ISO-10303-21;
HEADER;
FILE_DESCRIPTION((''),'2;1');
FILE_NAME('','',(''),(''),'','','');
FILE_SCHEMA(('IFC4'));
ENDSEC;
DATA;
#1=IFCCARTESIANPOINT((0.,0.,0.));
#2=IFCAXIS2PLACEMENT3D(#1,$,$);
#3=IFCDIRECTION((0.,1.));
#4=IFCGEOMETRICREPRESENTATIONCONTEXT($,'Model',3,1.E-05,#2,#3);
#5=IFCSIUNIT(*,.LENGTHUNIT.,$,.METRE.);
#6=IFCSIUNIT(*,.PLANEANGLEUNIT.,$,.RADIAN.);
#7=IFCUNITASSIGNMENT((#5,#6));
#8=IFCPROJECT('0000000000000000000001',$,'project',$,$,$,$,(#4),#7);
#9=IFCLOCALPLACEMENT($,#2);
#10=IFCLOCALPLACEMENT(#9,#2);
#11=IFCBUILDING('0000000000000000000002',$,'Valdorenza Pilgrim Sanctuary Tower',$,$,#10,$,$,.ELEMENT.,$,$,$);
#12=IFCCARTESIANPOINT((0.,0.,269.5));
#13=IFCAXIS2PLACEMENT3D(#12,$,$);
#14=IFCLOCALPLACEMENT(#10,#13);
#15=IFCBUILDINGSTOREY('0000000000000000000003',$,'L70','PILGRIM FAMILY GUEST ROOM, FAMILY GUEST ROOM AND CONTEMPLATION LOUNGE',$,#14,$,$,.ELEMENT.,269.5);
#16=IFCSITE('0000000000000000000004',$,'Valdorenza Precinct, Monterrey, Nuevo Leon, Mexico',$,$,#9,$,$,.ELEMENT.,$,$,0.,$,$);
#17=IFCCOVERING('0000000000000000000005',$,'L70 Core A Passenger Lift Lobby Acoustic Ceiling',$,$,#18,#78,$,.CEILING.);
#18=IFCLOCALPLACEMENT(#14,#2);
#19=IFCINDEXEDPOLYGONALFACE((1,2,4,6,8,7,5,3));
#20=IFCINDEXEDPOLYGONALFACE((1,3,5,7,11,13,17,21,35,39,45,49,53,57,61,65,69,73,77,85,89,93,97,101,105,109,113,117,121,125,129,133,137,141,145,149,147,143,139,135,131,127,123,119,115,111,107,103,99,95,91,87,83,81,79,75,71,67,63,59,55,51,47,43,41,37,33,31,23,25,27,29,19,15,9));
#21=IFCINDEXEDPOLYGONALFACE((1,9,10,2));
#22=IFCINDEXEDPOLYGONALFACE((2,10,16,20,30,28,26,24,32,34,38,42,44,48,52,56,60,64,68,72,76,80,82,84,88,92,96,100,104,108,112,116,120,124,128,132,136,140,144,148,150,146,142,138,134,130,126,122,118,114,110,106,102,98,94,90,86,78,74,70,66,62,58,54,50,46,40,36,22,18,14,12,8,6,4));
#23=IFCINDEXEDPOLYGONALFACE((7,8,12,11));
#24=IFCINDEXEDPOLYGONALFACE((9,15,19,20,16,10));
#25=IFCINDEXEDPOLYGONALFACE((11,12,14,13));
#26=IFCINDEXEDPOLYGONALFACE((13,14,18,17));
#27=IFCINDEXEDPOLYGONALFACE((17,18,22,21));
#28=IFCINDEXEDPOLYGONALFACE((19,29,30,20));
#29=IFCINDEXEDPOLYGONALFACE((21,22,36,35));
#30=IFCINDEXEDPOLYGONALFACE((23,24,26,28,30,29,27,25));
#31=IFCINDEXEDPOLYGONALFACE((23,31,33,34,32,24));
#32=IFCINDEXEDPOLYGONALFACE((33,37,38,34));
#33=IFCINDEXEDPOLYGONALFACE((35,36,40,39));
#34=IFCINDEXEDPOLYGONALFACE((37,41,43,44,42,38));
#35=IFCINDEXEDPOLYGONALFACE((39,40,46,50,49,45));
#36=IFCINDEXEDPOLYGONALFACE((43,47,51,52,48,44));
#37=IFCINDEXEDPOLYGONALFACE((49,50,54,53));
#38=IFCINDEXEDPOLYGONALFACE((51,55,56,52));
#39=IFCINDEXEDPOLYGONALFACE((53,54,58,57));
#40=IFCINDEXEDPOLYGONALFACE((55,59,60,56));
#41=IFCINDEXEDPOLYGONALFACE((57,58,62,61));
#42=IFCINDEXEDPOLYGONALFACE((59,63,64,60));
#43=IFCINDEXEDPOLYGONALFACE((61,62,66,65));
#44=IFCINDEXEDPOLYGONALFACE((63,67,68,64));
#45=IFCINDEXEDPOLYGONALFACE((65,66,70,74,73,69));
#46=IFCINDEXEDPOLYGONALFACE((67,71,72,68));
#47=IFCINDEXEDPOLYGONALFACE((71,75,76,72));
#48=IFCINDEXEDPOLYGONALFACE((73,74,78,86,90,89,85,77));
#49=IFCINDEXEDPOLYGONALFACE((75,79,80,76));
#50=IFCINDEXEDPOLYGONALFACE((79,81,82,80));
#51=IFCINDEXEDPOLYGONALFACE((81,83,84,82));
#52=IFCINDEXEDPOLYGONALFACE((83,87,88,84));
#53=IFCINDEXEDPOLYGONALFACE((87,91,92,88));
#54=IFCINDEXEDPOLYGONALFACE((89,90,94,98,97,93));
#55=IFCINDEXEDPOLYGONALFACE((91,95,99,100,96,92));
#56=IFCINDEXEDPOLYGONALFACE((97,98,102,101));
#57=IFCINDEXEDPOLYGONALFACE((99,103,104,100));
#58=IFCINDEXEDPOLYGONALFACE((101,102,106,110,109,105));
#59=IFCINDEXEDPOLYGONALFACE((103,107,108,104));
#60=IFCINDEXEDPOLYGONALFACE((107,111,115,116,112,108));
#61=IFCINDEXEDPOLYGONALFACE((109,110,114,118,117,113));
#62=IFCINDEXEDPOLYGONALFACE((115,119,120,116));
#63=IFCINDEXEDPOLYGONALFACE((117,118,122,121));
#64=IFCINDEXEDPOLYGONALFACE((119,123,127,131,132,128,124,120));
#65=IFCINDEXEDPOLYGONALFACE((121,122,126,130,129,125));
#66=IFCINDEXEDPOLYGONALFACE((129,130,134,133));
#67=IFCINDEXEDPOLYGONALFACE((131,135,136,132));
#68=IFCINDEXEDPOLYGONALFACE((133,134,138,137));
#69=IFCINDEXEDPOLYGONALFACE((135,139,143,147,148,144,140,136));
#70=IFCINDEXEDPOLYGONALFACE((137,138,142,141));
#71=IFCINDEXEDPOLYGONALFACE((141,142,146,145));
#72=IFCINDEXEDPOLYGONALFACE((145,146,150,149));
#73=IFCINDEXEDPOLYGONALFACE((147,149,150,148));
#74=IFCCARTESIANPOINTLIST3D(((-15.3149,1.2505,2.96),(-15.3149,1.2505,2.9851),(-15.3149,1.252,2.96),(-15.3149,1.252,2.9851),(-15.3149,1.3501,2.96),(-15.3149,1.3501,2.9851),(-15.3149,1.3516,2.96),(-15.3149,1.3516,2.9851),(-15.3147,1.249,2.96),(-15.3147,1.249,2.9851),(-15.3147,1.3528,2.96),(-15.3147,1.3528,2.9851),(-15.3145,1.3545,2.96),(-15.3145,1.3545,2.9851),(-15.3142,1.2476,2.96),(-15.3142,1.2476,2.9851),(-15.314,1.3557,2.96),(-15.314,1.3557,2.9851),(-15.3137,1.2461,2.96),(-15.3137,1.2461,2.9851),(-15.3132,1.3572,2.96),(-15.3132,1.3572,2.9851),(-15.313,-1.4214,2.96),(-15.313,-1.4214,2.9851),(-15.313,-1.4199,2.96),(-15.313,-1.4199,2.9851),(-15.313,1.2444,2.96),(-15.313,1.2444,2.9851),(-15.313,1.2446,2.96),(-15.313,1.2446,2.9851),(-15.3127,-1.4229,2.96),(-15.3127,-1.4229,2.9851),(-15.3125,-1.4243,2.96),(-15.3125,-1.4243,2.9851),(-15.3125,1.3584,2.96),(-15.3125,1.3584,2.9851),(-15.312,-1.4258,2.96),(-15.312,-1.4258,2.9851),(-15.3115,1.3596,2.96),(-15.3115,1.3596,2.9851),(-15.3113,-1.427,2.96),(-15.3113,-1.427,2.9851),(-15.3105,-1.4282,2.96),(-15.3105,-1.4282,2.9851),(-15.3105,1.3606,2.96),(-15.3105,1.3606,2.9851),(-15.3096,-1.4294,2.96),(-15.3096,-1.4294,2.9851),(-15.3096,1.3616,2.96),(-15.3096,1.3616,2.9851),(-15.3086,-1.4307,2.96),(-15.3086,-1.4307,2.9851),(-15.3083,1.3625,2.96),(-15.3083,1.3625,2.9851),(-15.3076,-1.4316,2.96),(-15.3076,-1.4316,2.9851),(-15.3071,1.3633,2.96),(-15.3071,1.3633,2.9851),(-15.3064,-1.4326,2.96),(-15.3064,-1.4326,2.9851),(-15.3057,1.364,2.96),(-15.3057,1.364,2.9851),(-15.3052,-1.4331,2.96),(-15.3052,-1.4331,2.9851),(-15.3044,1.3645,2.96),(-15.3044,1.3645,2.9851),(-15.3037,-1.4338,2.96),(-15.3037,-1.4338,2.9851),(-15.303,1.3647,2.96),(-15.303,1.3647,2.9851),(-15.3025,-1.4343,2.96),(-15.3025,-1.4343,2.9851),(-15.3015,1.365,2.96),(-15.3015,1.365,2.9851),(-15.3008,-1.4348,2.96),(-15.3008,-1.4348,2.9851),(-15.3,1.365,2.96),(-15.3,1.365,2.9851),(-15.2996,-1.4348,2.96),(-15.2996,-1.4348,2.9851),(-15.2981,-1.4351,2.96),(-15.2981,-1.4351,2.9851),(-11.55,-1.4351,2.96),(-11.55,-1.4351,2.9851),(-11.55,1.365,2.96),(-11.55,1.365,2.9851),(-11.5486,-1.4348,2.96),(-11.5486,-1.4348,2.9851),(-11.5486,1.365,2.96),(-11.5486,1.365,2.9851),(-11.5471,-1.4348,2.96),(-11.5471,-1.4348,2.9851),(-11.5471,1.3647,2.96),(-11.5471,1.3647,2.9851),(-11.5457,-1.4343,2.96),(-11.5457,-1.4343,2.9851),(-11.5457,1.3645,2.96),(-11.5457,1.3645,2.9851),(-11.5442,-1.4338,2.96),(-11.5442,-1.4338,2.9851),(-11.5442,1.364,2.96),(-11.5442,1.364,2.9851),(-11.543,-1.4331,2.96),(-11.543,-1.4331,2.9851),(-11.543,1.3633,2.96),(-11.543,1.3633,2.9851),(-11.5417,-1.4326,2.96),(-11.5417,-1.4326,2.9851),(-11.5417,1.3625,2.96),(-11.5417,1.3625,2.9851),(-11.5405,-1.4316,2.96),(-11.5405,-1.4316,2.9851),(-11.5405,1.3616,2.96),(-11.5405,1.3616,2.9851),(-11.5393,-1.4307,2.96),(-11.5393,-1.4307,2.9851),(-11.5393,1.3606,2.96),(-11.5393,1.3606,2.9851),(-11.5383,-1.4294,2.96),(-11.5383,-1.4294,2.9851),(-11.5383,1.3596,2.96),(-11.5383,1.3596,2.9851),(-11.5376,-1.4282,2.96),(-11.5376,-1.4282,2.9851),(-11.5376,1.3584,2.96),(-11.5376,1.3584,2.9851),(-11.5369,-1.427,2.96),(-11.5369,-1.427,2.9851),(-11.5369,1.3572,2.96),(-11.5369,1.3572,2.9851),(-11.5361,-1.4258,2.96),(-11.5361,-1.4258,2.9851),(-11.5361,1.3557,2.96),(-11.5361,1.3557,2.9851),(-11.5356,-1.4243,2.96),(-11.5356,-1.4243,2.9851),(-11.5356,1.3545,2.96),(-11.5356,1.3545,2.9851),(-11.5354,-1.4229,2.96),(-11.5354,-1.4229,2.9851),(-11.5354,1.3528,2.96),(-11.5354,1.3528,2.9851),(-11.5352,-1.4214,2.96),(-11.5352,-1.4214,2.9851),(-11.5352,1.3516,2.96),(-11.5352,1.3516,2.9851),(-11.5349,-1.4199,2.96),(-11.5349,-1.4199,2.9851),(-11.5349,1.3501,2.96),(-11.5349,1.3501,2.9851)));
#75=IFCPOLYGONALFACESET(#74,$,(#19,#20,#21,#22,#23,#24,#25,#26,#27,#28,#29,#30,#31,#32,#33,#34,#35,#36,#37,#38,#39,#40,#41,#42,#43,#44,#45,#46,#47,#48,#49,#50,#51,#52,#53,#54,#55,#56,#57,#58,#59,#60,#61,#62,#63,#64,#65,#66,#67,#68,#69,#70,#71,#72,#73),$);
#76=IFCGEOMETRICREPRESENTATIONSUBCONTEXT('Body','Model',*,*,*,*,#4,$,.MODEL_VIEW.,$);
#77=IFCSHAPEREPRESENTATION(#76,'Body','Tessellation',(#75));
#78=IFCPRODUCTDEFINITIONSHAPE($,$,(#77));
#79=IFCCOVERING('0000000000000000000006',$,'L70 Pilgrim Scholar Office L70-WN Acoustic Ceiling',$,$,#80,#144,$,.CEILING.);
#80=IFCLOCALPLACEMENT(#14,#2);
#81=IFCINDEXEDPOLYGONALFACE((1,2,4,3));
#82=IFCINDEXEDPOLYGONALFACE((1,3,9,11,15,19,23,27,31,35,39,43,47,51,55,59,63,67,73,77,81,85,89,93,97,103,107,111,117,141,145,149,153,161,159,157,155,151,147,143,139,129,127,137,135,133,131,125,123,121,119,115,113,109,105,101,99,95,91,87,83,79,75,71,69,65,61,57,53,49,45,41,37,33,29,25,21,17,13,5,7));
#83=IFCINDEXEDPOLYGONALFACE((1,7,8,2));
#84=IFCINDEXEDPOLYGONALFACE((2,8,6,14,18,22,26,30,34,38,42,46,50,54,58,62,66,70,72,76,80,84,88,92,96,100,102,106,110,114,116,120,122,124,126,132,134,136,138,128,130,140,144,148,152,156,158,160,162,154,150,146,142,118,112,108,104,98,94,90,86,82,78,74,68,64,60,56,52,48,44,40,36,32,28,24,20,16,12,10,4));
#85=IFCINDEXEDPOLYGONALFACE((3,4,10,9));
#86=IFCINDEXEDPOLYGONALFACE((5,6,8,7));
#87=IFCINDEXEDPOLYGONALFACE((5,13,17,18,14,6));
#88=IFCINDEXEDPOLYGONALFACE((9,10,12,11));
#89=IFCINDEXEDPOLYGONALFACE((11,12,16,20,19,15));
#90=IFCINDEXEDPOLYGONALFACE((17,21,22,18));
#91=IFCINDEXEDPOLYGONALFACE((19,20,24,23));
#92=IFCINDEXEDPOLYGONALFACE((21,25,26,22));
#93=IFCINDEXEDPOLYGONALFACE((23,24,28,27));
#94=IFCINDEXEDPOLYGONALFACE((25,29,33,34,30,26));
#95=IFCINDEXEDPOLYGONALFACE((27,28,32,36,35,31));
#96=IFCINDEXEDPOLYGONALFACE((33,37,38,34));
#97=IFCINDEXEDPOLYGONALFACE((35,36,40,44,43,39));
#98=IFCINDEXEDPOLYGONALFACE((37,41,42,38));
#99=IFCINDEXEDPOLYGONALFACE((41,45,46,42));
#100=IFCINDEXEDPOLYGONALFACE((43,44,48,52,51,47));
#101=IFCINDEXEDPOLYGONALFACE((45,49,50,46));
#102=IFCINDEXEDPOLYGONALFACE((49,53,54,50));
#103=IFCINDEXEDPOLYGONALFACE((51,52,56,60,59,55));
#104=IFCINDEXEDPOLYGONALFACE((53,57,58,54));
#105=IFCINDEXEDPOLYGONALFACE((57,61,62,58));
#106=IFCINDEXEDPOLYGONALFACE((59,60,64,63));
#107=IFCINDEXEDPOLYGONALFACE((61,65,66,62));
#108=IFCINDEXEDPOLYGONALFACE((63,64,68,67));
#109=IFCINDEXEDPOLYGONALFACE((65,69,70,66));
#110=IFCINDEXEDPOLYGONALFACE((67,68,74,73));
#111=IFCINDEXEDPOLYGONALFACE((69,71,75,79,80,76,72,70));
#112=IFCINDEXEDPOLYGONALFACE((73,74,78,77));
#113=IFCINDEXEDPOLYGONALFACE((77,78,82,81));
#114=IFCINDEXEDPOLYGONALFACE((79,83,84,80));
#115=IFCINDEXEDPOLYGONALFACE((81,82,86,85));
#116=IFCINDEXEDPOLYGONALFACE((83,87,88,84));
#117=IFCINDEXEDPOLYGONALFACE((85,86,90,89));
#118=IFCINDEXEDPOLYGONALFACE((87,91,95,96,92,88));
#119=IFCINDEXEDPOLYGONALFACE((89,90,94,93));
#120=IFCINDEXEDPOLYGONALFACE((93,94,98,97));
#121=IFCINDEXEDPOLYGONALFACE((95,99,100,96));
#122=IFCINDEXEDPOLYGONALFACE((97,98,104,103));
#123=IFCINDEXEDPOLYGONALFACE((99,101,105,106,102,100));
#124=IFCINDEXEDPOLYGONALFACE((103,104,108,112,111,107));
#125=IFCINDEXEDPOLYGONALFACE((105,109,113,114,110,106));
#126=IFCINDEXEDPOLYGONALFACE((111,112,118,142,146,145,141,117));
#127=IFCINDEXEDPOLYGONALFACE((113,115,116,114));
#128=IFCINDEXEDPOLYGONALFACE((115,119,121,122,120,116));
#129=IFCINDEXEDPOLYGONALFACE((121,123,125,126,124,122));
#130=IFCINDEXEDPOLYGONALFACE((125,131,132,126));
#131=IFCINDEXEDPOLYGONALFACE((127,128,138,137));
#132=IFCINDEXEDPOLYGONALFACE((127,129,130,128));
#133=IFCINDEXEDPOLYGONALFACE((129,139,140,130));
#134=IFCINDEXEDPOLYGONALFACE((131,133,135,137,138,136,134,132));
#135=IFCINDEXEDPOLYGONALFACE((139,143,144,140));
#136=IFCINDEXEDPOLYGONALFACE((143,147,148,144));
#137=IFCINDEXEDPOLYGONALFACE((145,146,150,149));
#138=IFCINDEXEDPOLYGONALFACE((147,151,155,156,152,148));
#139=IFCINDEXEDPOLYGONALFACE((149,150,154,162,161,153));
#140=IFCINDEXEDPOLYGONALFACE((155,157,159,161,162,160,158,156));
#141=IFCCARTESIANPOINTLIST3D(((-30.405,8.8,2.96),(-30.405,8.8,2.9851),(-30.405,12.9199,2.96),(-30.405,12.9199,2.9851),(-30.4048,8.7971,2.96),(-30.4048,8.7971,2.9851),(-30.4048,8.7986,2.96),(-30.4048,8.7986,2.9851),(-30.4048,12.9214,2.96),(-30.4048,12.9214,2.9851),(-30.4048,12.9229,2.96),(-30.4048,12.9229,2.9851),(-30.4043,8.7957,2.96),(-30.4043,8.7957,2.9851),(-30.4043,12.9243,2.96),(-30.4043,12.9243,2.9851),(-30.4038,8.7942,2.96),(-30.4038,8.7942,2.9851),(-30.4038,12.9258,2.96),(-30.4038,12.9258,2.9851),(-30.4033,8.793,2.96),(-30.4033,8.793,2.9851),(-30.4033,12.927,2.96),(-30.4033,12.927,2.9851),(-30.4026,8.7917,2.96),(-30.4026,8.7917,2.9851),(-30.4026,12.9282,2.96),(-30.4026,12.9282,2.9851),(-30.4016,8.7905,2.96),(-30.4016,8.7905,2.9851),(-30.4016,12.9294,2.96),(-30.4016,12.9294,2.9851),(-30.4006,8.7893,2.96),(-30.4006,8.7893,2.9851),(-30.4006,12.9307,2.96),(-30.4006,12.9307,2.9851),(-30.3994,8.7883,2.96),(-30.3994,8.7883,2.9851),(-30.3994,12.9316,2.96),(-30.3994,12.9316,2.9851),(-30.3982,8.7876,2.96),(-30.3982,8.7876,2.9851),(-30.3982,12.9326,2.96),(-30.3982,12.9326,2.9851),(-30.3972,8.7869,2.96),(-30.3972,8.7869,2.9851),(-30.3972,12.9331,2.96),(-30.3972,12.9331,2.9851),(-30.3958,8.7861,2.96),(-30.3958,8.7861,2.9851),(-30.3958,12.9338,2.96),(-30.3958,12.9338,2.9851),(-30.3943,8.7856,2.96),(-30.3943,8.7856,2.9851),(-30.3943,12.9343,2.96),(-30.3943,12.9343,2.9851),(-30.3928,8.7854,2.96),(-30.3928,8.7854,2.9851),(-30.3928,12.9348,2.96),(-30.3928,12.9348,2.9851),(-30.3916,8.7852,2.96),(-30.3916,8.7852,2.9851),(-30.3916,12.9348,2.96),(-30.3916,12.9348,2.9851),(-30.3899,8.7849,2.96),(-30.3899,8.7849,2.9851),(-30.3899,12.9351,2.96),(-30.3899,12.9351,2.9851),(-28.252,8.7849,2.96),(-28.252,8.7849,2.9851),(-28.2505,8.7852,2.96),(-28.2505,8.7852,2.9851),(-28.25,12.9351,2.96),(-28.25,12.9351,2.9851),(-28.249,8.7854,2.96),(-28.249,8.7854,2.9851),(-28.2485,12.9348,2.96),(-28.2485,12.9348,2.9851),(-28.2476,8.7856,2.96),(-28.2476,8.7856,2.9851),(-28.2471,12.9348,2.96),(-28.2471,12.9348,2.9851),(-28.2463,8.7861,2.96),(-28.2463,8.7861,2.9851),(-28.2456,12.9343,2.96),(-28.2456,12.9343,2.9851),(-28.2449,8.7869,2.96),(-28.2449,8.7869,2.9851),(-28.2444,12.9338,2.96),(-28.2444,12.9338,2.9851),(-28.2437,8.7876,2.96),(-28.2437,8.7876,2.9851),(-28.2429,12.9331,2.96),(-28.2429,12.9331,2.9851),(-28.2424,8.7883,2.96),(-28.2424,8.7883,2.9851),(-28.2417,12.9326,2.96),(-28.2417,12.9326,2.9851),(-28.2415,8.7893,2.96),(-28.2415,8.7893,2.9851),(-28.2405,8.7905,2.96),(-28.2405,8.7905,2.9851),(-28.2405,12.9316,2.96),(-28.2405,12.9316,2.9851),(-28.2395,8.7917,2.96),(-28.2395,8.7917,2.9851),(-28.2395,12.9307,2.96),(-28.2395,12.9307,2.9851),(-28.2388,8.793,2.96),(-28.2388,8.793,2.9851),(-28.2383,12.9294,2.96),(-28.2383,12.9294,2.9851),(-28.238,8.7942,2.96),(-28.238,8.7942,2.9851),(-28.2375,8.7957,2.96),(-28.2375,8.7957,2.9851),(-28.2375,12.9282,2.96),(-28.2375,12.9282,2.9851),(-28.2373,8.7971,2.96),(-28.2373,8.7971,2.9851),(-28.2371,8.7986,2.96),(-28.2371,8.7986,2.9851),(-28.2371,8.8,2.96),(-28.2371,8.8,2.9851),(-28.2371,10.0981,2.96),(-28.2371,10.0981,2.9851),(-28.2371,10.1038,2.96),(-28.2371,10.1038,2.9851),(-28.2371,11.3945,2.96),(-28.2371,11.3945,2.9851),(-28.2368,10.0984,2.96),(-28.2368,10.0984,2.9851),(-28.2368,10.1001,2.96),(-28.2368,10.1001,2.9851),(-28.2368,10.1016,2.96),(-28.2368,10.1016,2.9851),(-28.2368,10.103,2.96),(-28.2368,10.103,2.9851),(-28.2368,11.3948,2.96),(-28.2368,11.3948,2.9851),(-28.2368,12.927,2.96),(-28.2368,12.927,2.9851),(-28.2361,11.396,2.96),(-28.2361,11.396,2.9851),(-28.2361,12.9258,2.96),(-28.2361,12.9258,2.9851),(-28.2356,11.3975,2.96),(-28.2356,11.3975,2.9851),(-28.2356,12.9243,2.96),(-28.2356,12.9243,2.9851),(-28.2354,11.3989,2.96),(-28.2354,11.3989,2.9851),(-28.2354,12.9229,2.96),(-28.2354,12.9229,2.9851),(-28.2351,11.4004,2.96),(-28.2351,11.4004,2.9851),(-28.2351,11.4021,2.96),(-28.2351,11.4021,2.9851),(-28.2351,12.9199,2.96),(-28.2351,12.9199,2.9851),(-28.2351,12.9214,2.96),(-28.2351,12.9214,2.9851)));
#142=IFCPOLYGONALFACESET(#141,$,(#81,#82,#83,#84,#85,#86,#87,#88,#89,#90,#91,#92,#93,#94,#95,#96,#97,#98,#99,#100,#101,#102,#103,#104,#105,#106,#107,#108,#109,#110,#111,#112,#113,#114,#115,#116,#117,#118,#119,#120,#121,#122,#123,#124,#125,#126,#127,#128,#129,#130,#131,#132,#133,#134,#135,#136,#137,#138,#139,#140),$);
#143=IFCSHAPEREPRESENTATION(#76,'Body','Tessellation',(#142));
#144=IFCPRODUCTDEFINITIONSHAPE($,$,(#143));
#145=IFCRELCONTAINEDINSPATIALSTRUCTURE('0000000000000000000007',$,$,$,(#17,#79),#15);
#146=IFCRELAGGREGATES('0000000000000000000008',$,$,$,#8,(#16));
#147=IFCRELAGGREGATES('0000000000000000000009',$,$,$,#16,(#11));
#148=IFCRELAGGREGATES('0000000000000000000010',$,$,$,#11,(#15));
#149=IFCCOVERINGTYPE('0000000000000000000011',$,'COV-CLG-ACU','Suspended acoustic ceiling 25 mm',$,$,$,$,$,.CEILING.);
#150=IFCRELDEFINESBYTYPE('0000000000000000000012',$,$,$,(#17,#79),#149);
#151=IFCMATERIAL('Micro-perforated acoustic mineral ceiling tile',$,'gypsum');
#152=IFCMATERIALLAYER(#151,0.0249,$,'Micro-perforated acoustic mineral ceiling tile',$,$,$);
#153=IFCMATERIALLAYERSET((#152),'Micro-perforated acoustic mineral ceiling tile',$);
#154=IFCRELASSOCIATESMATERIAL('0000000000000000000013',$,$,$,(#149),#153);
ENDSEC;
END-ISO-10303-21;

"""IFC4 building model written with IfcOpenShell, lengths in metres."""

from ifc_helpers import new_model, si_unit, direction, frame, origin, place, context, subcontext, project, spatial, polyline, outline, extrude, material, layer, layer_set, type_object, element, save


model = new_model("IFC4")

# Units and contexts
model_context = context("Model", 3, precision=1e-05, world=origin(), true_north=direction((0.0, 1.0)))
body_context = subcontext(model_context, "Body", "Model", "MODEL_VIEW")
ifc_project = project(units=[si_unit("LENGTHUNIT", "METRE"), si_unit("PLANEANGLEUNIT", "RADIAN")], contexts=[model_context])

# Site, building, storey
site_placement = place(None, origin())
site = spatial("IfcSite", under=ifc_project, at=site_placement, Name="Valdorenza Precinct, Monterrey, Nuevo Leon, Mexico", CompositionType="ELEMENT", RefElevation=0.0)
building_placement = place(site_placement, origin())
building = spatial("IfcBuilding", under=site, at=building_placement, Name="Valdorenza Pilgrim Sanctuary Tower", CompositionType="ELEMENT")
storey_placement = place(building_placement, frame((0.0, 0.0, 269.5)))
storey = spatial("IfcBuildingStorey", under=building, at=storey_placement, Name="L70", Description="PILGRIM FAMILY GUEST ROOM, FAMILY GUEST ROOM AND CONTEMPLATION LOUNGE", CompositionType="ELEMENT", Elevation=269.5)

# Coverings
ifc_material_1 = material(Name="Micro-perforated acoustic mineral ceiling tile", Category="gypsum")
ifc_layer_1 = layer(ifc_material_1, 0.0249, Name="Micro-perforated acoustic mineral ceiling tile")
ifc_layer_set_1 = layer_set([ifc_layer_1], Name="Micro-perforated acoustic mineral ceiling tile")
covering_type_1 = type_object("IfcCoveringType", Name="COV-CLG-ACU", Description="Suspended acoustic ceiling 25 mm", PredefinedType="CEILING", material=ifc_layer_set_1)
covering_1_placement = place(storey_placement, frame((0.0, 0.0, 2.96)))
element("IfcCovering", 1, at=covering_1_placement, inside=storey, type_object=covering_type_1, Name="L70 Core A Passenger Lift Lobby Acoustic Ceiling", PredefinedType="CEILING", context=body_context, shape_type="SweptSolid", body=[
    extrude(outline(polyline([(-15.3149, 1.3501), (-15.3149, 1.3516), (-15.3147, 1.3528), (-15.3145, 1.3545), (-15.314, 1.3557), (-15.3132, 1.3572), (-15.3125, 1.3584), (-15.3115, 1.3596), (-15.3105, 1.3606), (-15.3096, 1.3616), (-15.3083, 1.3625), (-15.3071, 1.3633), (-15.3057, 1.364), (-15.3044, 1.3645), (-15.303, 1.3647), (-15.3015, 1.365), (-15.3, 1.365), (-11.55, 1.365), (-11.5486, 1.365), (-11.5471, 1.3647), (-11.5457, 1.3645), (-11.5442, 1.364), (-11.543, 1.3633), (-11.5417, 1.3625), (-11.5405, 1.3616), (-11.5393, 1.3606), (-11.5383, 1.3596), (-11.5376, 1.3584), (-11.5369, 1.3572), (-11.5361, 1.3557), (-11.5356, 1.3545), (-11.5354, 1.3528), (-11.5352, 1.3516), (-11.5349, 1.3501), (-11.5349, -1.4199), (-11.5352, -1.4214), (-11.5354, -1.4229), (-11.5356, -1.4243), (-11.5361, -1.4258), (-11.5369, -1.427), (-11.5376, -1.4282), (-11.5383, -1.4294), (-11.5393, -1.4307), (-11.5405, -1.4316), (-11.5417, -1.4326), (-11.543, -1.4331), (-11.5442, -1.4338), (-11.5457, -1.4343), (-11.5471, -1.4348), (-11.5486, -1.4348), (-11.55, -1.4351), (-15.2981, -1.4351), (-15.2996, -1.4348), (-15.3008, -1.4348), (-15.3025, -1.4343), (-15.3037, -1.4338), (-15.3052, -1.4331), (-15.3064, -1.4326), (-15.3076, -1.4316), (-15.3086, -1.4307), (-15.3096, -1.4294), (-15.3105, -1.4282), (-15.3113, -1.427), (-15.312, -1.4258), (-15.3125, -1.4243), (-15.3127, -1.4229), (-15.313, -1.4214), (-15.313, -1.4199), (-15.313, 1.2444), (-15.313, 1.2446), (-15.3137, 1.2461), (-15.3142, 1.2476), (-15.3147, 1.249), (-15.3149, 1.2505), (-15.3149, 1.252), (-15.3149, 1.3501)])), origin(), (0.0, 0.0, 1.0), 0.0251),
])
covering_2_placement = place(storey_placement, frame((0.0, 0.0, 2.96)))
element("IfcCovering", 2, at=covering_2_placement, inside=storey, type_object=covering_type_1, Name="L70 Pilgrim Scholar Office L70-WN Acoustic Ceiling", PredefinedType="CEILING", context=body_context, shape_type="SweptSolid", body=[
    extrude(outline(polyline([(-28.2371, 11.3945), (-28.2371, 10.1038), (-28.2368, 10.103), (-28.2368, 10.1016), (-28.2368, 10.1001), (-28.2368, 10.0984), (-28.2371, 10.0981), (-28.2371, 8.8), (-28.2371, 8.7986), (-28.2373, 8.7971), (-28.2375, 8.7957), (-28.238, 8.7942), (-28.2388, 8.793), (-28.2395, 8.7917), (-28.2405, 8.7905), (-28.2415, 8.7893), (-28.2424, 8.7883), (-28.2437, 8.7876), (-28.2449, 8.7869), (-28.2463, 8.7861), (-28.2476, 8.7856), (-28.249, 8.7854), (-28.2505, 8.7852), (-28.252, 8.7849), (-30.3899, 8.7849), (-30.3916, 8.7852), (-30.3928, 8.7854), (-30.3943, 8.7856), (-30.3958, 8.7861), (-30.3972, 8.7869), (-30.3982, 8.7876), (-30.3994, 8.7883), (-30.4006, 8.7893), (-30.4016, 8.7905), (-30.4026, 8.7917), (-30.4033, 8.793), (-30.4038, 8.7942), (-30.4043, 8.7957), (-30.4048, 8.7971), (-30.4048, 8.7986), (-30.405, 8.8), (-30.405, 12.9199), (-30.4048, 12.9214), (-30.4048, 12.9229), (-30.4043, 12.9243), (-30.4038, 12.9258), (-30.4033, 12.927), (-30.4026, 12.9282), (-30.4016, 12.9294), (-30.4006, 12.9307), (-30.3994, 12.9316), (-30.3982, 12.9326), (-30.3972, 12.9331), (-30.3958, 12.9338), (-30.3943, 12.9343), (-30.3928, 12.9348), (-30.3916, 12.9348), (-30.3899, 12.9351), (-28.25, 12.9351), (-28.2485, 12.9348), (-28.2471, 12.9348), (-28.2456, 12.9343), (-28.2444, 12.9338), (-28.2429, 12.9331), (-28.2417, 12.9326), (-28.2405, 12.9316), (-28.2395, 12.9307), (-28.2383, 12.9294), (-28.2375, 12.9282), (-28.2368, 12.927), (-28.2361, 12.9258), (-28.2356, 12.9243), (-28.2354, 12.9229), (-28.2351, 12.9214), (-28.2351, 12.9199), (-28.2351, 11.4021), (-28.2351, 11.4004), (-28.2354, 11.3989), (-28.2356, 11.3975), (-28.2361, 11.396), (-28.2368, 11.3948), (-28.2371, 11.3945)])), origin(), (0.0, 0.0, 1.0), 0.0251),
])

save(model, "model.ifc")
